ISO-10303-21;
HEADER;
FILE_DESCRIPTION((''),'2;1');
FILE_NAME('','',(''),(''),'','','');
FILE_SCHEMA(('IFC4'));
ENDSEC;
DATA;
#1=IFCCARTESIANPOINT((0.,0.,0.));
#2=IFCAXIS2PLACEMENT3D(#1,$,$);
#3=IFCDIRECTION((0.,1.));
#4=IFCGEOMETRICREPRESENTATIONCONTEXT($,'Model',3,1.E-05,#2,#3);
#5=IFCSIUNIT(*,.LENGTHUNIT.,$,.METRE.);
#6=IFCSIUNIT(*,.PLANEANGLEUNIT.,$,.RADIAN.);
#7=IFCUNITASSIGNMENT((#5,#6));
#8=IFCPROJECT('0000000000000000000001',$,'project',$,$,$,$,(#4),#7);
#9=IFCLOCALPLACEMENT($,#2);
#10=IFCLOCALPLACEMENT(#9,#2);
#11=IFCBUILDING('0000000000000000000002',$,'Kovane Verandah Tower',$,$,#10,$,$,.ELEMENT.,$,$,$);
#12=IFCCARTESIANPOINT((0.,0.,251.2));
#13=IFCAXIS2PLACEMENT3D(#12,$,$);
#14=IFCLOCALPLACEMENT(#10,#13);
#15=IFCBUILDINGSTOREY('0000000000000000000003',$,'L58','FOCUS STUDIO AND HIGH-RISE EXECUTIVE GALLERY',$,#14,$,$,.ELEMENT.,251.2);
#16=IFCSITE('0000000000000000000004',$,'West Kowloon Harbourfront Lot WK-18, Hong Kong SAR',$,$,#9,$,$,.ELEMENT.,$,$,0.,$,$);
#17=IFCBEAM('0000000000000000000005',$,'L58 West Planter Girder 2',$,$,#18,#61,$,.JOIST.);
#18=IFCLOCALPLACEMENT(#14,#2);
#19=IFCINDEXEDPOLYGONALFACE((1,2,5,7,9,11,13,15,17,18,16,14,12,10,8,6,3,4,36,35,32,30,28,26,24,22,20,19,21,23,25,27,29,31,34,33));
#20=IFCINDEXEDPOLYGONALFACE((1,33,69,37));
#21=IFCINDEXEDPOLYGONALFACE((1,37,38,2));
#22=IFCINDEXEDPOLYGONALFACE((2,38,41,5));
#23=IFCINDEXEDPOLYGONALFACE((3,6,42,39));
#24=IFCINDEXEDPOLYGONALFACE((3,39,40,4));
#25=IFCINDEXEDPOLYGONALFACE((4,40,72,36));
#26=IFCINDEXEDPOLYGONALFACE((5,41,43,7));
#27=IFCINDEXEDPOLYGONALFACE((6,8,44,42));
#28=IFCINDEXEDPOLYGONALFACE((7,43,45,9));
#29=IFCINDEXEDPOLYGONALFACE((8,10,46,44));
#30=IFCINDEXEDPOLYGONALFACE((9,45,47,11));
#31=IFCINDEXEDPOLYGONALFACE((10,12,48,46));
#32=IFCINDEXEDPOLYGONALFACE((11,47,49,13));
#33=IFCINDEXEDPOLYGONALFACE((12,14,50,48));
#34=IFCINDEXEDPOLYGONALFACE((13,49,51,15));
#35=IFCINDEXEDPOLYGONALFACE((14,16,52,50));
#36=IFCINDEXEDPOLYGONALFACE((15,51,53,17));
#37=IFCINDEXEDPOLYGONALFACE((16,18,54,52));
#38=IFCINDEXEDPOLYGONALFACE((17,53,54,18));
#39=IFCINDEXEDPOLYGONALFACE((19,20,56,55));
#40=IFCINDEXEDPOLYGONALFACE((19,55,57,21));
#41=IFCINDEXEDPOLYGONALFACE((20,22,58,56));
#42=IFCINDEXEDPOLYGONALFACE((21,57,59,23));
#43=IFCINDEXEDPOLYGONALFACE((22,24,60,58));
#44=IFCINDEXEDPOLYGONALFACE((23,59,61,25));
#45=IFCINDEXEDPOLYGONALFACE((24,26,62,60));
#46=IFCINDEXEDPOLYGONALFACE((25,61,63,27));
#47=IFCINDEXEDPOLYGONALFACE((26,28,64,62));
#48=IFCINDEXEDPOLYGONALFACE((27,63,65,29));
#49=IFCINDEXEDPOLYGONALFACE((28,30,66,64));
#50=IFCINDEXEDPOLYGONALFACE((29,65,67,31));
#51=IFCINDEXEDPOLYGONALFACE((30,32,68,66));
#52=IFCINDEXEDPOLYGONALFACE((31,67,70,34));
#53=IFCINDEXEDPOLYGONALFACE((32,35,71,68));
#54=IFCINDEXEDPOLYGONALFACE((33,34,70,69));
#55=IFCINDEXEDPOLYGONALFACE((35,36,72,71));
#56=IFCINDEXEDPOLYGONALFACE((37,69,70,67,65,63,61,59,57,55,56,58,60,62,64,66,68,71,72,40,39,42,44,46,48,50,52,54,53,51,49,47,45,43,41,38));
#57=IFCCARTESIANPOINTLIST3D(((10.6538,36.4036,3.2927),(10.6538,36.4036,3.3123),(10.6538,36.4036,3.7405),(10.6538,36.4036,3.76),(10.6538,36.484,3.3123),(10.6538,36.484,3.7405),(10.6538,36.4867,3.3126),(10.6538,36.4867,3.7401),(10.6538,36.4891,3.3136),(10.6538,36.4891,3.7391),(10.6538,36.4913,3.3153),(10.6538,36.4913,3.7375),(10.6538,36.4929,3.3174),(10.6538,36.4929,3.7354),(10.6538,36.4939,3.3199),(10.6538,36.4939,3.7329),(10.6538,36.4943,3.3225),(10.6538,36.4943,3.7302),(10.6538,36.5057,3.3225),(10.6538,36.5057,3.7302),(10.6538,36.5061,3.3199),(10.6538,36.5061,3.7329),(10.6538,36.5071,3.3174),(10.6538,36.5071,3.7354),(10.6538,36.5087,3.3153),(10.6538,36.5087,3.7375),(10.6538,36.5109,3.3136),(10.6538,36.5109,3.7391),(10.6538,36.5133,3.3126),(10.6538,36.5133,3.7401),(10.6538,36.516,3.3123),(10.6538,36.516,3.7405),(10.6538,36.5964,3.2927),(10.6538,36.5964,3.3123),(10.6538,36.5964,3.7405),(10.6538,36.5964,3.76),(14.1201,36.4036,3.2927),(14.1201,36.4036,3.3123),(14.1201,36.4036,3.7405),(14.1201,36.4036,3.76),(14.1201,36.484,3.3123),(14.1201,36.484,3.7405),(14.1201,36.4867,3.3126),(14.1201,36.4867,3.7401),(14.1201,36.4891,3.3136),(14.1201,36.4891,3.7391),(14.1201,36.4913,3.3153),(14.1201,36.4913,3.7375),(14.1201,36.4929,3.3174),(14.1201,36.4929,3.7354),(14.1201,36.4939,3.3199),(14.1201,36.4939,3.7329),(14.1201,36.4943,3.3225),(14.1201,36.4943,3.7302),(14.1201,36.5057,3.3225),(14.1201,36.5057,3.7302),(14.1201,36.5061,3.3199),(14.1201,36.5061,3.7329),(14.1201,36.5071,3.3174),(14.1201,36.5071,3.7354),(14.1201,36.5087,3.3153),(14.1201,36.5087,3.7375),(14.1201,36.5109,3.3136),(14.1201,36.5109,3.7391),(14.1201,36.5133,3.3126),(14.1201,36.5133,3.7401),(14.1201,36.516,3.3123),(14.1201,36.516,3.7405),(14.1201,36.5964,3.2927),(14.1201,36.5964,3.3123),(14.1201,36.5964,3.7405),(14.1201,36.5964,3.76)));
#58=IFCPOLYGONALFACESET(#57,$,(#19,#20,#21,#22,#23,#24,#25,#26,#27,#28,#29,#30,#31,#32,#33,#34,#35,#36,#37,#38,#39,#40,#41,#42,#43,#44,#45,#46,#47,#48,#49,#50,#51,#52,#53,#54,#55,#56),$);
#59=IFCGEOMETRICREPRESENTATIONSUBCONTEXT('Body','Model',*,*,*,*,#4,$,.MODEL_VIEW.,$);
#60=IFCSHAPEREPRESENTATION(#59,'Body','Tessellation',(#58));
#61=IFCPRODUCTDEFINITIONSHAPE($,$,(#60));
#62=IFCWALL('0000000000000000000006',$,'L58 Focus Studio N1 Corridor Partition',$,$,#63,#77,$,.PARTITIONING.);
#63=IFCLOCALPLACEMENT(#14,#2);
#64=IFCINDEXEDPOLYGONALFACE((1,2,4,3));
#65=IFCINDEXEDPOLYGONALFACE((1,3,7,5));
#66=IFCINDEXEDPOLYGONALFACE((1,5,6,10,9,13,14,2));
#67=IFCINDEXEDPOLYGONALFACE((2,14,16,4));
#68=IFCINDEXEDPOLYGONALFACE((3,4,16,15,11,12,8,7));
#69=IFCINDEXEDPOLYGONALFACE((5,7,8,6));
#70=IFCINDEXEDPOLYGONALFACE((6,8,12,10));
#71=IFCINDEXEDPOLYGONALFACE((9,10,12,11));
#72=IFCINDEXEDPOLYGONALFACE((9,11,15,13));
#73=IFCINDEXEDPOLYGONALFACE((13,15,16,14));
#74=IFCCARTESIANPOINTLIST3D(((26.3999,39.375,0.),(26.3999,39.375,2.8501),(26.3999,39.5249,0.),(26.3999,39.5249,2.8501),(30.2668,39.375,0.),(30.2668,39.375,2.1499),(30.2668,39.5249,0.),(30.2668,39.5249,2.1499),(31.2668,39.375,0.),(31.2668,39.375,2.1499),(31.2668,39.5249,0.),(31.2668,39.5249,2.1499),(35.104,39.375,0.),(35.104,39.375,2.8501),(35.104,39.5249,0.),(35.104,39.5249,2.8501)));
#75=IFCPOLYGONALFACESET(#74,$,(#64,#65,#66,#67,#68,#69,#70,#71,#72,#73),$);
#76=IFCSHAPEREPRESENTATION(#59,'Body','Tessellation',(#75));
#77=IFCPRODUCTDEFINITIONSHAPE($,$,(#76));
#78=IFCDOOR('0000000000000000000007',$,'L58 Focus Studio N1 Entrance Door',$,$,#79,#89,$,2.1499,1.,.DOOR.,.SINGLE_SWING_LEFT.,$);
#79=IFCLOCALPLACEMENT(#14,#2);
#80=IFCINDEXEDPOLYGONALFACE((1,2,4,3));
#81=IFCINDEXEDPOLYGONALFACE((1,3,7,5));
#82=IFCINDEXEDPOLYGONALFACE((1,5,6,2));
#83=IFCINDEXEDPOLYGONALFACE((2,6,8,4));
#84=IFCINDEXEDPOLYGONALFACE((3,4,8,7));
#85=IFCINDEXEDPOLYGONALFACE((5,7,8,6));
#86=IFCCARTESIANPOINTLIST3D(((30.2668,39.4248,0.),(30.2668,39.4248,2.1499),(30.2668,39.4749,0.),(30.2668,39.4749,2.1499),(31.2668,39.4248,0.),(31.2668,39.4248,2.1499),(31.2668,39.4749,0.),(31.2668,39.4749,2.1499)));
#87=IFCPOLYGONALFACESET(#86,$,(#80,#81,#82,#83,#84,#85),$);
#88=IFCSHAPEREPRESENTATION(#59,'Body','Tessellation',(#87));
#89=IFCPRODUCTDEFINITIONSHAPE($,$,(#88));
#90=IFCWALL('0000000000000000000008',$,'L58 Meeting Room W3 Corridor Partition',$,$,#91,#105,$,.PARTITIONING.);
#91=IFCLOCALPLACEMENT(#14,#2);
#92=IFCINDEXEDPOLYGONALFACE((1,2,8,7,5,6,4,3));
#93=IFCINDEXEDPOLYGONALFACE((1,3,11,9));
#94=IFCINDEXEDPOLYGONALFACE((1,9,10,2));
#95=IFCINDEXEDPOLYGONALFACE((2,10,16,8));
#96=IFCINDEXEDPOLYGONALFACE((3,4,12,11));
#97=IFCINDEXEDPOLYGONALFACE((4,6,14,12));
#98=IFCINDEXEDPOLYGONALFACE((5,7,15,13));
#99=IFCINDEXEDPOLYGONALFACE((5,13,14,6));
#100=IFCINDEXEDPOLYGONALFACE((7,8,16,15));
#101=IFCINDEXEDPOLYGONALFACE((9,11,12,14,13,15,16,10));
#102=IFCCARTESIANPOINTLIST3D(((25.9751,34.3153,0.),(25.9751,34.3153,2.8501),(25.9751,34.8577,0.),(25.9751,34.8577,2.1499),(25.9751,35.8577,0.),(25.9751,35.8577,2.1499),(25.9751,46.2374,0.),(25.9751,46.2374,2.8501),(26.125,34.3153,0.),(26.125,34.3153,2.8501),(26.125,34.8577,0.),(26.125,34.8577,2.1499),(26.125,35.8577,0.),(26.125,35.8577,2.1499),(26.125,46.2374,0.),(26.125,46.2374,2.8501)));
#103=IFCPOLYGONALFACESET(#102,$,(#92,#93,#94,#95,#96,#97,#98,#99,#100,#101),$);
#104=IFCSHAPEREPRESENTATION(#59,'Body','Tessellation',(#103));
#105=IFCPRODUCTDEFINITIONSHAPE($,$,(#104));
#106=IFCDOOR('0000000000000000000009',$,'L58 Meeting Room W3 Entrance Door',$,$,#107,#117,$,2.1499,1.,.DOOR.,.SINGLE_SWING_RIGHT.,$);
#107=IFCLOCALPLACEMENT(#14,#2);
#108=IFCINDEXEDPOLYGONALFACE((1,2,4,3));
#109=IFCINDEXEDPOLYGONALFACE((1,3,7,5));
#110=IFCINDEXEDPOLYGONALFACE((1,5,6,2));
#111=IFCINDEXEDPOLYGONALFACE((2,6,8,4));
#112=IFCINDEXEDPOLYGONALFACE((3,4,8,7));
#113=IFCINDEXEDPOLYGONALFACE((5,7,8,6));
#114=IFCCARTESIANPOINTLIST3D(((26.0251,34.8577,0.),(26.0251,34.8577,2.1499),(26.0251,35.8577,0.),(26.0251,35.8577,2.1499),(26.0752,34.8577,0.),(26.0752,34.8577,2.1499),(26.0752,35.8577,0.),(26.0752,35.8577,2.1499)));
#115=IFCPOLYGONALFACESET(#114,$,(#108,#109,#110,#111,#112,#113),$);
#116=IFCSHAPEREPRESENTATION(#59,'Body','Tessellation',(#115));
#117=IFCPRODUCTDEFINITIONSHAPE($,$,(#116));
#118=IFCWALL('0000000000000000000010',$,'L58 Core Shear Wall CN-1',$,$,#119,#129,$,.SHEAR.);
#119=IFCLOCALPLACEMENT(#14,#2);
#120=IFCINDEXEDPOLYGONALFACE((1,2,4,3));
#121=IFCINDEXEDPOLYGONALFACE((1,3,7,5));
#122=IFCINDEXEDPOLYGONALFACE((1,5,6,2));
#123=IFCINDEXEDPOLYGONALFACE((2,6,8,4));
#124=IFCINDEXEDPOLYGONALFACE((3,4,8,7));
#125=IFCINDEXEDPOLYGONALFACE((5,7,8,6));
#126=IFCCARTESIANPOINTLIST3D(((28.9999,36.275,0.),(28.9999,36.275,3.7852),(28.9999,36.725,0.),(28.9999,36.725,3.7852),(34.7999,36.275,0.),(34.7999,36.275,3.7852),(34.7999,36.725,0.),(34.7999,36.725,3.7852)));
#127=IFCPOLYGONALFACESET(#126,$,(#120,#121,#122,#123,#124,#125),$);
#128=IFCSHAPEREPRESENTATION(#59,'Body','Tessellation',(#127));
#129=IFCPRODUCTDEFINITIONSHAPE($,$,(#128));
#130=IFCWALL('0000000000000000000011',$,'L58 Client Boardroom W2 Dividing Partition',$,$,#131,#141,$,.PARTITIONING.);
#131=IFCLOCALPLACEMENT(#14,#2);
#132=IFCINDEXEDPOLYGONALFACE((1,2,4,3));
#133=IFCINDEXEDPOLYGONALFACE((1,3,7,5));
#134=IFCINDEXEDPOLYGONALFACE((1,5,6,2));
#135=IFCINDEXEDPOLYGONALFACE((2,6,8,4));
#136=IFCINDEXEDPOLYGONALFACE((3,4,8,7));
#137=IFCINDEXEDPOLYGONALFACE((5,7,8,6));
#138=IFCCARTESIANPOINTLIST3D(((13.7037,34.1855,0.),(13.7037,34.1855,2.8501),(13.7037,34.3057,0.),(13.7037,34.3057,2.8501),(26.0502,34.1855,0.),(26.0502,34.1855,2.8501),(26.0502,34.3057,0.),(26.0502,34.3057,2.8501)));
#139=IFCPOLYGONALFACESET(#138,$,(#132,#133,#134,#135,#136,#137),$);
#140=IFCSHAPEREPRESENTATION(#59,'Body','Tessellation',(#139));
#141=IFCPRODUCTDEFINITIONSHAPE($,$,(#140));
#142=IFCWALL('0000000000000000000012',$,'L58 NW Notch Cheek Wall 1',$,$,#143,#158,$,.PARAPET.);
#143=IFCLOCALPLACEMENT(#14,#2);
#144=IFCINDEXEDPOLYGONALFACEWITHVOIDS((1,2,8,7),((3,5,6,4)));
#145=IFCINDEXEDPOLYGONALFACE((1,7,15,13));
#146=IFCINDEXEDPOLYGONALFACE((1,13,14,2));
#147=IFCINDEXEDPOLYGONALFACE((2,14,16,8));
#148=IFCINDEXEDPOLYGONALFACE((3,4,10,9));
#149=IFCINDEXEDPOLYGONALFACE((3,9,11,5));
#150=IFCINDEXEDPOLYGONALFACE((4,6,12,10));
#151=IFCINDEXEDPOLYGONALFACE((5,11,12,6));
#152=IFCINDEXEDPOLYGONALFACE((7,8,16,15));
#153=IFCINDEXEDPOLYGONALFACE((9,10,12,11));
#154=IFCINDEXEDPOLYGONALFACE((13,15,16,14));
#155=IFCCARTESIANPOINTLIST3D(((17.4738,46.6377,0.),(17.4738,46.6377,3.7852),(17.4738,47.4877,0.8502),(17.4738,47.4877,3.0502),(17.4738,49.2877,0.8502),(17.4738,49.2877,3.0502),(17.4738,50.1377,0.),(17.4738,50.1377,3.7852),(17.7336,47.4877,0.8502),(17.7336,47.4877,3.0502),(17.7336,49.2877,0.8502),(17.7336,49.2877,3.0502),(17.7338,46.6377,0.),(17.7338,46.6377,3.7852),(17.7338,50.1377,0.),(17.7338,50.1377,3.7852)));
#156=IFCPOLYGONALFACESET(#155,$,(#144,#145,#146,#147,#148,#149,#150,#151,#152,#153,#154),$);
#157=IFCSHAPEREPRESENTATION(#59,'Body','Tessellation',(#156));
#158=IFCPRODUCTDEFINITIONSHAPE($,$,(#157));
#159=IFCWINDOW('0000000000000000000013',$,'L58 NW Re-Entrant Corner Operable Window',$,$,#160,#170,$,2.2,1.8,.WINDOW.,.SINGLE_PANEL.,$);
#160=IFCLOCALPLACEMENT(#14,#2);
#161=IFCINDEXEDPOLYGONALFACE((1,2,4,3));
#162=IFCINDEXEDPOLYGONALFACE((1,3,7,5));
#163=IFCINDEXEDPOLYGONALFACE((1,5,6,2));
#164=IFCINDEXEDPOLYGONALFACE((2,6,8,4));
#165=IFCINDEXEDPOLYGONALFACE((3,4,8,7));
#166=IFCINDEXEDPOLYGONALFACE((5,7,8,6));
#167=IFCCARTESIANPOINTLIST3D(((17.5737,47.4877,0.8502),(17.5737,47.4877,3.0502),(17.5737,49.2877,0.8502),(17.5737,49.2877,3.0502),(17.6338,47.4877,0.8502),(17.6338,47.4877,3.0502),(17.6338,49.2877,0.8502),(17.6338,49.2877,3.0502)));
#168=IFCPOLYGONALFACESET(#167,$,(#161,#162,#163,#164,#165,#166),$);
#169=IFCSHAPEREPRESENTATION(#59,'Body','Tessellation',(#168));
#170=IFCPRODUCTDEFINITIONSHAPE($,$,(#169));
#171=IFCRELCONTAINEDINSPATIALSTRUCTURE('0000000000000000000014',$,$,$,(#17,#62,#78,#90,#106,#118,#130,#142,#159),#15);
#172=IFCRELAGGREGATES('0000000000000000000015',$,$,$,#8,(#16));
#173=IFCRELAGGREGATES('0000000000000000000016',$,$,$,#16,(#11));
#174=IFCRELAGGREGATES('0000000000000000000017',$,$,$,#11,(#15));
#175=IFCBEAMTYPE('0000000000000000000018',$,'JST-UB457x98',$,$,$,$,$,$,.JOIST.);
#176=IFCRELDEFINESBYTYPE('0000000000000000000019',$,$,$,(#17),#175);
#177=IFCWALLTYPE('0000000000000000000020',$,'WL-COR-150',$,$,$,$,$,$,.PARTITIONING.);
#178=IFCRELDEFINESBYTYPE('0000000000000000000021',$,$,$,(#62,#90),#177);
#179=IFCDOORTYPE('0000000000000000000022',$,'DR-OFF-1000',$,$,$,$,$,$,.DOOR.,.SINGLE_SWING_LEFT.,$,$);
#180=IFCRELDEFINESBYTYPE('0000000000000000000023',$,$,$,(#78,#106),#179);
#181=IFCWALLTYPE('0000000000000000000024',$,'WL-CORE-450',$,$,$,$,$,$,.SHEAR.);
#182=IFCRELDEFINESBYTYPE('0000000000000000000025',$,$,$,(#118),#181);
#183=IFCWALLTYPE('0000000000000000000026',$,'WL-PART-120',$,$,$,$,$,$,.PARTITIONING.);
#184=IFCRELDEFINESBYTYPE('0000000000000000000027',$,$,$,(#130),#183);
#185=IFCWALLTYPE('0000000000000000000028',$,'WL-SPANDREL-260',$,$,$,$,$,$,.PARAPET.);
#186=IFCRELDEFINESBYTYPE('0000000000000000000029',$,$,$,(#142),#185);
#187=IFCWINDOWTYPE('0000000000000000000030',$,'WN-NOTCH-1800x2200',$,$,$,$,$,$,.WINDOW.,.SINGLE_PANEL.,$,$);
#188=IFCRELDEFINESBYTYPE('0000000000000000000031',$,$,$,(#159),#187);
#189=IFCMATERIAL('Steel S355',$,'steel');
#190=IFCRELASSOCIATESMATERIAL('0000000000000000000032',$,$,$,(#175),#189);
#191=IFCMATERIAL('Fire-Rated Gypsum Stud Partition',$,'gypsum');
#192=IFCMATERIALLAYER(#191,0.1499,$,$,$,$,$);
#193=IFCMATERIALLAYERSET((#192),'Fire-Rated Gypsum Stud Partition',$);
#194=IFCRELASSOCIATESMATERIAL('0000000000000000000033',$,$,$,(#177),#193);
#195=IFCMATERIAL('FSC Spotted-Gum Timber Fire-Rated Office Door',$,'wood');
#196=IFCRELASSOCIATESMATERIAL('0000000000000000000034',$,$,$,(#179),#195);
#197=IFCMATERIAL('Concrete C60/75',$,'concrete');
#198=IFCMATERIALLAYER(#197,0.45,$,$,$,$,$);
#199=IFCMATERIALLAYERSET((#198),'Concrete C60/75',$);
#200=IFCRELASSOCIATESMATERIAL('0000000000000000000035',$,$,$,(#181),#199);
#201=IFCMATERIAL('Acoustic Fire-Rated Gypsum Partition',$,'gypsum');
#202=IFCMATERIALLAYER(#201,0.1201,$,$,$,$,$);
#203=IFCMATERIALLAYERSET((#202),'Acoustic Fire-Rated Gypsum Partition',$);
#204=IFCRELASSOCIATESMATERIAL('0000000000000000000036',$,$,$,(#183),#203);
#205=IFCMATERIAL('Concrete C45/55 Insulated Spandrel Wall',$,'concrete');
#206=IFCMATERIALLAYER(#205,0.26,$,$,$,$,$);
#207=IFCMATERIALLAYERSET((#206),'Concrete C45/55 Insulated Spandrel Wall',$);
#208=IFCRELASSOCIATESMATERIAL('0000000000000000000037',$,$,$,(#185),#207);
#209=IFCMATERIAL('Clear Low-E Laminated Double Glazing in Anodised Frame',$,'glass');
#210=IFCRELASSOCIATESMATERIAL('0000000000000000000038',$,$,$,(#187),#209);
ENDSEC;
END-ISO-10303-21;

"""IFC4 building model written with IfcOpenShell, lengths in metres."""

from ifc_helpers import new_model, si_unit, direction, frame, frame_2d, origin, origin_2d, place, context, subcontext, project, spatial, rectangle, i_section, extrude, material, layer, layer_set, material_profile, profile_set, type_object, element, fill, save


model = new_model("IFC4")

# Units and contexts
model_context = context("Model", 3, precision=1e-05, world=origin(), true_north=direction((0.0, 1.0)))
body_context = subcontext(model_context, "Body", "Model", "MODEL_VIEW")
ifc_project = project(units=[si_unit("LENGTHUNIT", "METRE"), si_unit("PLANEANGLEUNIT", "RADIAN")], contexts=[model_context])

# Site, building, storey
site_placement = place(None, origin())
site = spatial("IfcSite", under=ifc_project, at=site_placement, Name="West Kowloon Harbourfront Lot WK-18, Hong Kong SAR", CompositionType="ELEMENT", RefElevation=0.0)
building_placement = place(site_placement, origin())
building = spatial("IfcBuilding", under=site, at=building_placement, Name="Kovane Verandah Tower", CompositionType="ELEMENT")
storey_placement = place(building_placement, frame((0.0, 0.0, 251.2)))
storey = spatial("IfcBuildingStorey", under=building, at=storey_placement, Name="L58", Description="FOCUS STUDIO AND HIGH-RISE EXECUTIVE GALLERY", CompositionType="ELEMENT", Elevation=251.2)

# Shared definitions
ifc_material_1 = material(Name="Concrete C60/75", Category="concrete")

# Beam
ifc_material_2 = material(Name="Steel S355", Category="steel")
ifc_material_profile_1 = material_profile(ifc_material_2, i_section(OverallWidth=0.1929, OverallDepth=0.4673, WebThickness=0.0115, FlangeThickness=0.0195, FilletRadius=0.0103, at=origin_2d()), Name="UB457x191x98")
ifc_profile_set_1 = profile_set([ifc_material_profile_1], Name="Steel S355")
beam_type_1 = type_object("IfcBeamType", Name="JST-UB457x98", PredefinedType="JOIST", material=ifc_profile_set_1)
beam_1_placement = place(storey_placement, frame((14.1201, 36.5, 3.5264), z_axis=(-1.0, 0.0, 0.0), x_axis=(0.0, -1.0, 0.0)))
element("IfcBeam", 1, at=beam_1_placement, inside=storey, type_object=beam_type_1, Name="L58 West Planter Girder 2", PredefinedType="JOIST", context=body_context, shape_type="SweptSolid", body=[
    extrude(i_section(OverallWidth=0.1929, OverallDepth=0.4673, WebThickness=0.0115, FlangeThickness=0.0195, FilletRadius=0.0103, at=origin_2d()), origin(), (0.0, 0.0, 1.0), 3.4663),
])

# Walls, openings, doors
ifc_material_3 = material(Name="Fire-Rated Gypsum Stud Partition", Category="gypsum")
ifc_layer_1 = layer(ifc_material_3, 0.1499)
ifc_layer_set_1 = layer_set([ifc_layer_1], Name="Fire-Rated Gypsum Stud Partition")
wall_type_1 = type_object("IfcWallType", Name="WL-COR-150", PredefinedType="PARTITIONING", material=ifc_layer_set_1)
wall_1_placement = place(storey_placement, frame((26.3999, 39.45, 0.0), z_axis=(0.0, 0.0, 1.0), x_axis=(1.0, 0.0, 0.0)))
wall_1 = element("IfcWall", 2, at=wall_1_placement, inside=storey, type_object=wall_type_1, Name="L58 Focus Studio N1 Corridor Partition", PredefinedType="PARTITIONING", context=body_context, shape_type="SweptSolid", body=[
    extrude(rectangle(XDim=8.7041, YDim=0.1499, at=frame_2d((4.3521, 0.0))), origin(), (0.0, 0.0, 1.0), 2.8501),
])
opening_1_placement = place(wall_1_placement, frame((3.8669, 0.0, 0.0)))
opening_1 = element("IfcOpeningElement", 3, at=opening_1_placement, cuts=wall_1, PredefinedType="OPENING", context=body_context, shape_type="SweptSolid", body=[
    extrude(rectangle(XDim=1.0, YDim=2.1499, at=frame_2d((0.5, 1.075))), frame((0.0, 0.075, 0.0), z_axis=(0.0, -1.0, 0.0), x_axis=(1.0, 0.0, 0.0)), (0.0, 0.0, 1.0), 0.1499),
])
ifc_material_4 = material(Name="FSC Spotted-Gum Timber Fire-Rated Office Door", Category="wood")
door_type_1 = type_object("IfcDoorType", Name="DR-OFF-1000", OperationType="SINGLE_SWING_LEFT", PredefinedType="DOOR", material=ifc_material_4)
door_1_placement = place(opening_1_placement, origin())
door_1 = element("IfcDoor", 4, at=door_1_placement, inside=storey, type_object=door_type_1, Name="L58 Focus Studio N1 Entrance Door", OperationType="SINGLE_SWING_LEFT", OverallHeight=2.1499, OverallWidth=1.0, PredefinedType="DOOR", context=body_context, shape_type="SweptSolid", body=[
    extrude(rectangle(XDim=1.0, YDim=2.1499, at=frame_2d((0.5, 1.075))), frame((0.0, 0.0249, 0.0), z_axis=(0.0, -1.0, 0.0), x_axis=(1.0, 0.0, 0.0)), (0.0, 0.0, 1.0), 0.05),
])
fill(opening_1, door_1)
wall_2_placement = place(storey_placement, frame((26.05, 34.3154, 0.0), z_axis=(0.0, 0.0, 1.0), x_axis=(0.0, 1.0, 0.0)))
wall_2 = element("IfcWall", 5, at=wall_2_placement, inside=storey, type_object=wall_type_1, Name="L58 Meeting Room W3 Corridor Partition", PredefinedType="PARTITIONING", context=body_context, shape_type="SweptSolid", body=[
    extrude(rectangle(XDim=11.9221, YDim=0.1499, at=frame_2d((5.9609, 0.0))), origin(), (0.0, 0.0, 1.0), 2.8501),
])
opening_2_placement = place(wall_2_placement, frame((0.5422, 0.0, 0.0)))
opening_2 = element("IfcOpeningElement", 6, at=opening_2_placement, cuts=wall_2, PredefinedType="OPENING", context=body_context, shape_type="SweptSolid", body=[
    extrude(rectangle(XDim=1.0, YDim=2.1499, at=frame_2d((0.5, 1.075))), frame((0.0, 0.075, 0.0), z_axis=(0.0, -1.0, 0.0), x_axis=(1.0, 0.0, 0.0)), (0.0, 0.0, 1.0), 0.1499),
])
door_2_placement = place(opening_2_placement, origin())
door_2 = element("IfcDoor", 7, at=door_2_placement, inside=storey, type_object=door_type_1, Name="L58 Meeting Room W3 Entrance Door", OperationType="SINGLE_SWING_RIGHT", OverallHeight=2.1499, OverallWidth=1.0, PredefinedType="DOOR", context=body_context, shape_type="SweptSolid", body=[
    extrude(rectangle(XDim=1.0, YDim=2.1499, at=frame_2d((0.5, 1.075))), frame((0.0, 0.0249, 0.0), z_axis=(0.0, -1.0, 0.0), x_axis=(1.0, 0.0, 0.0)), (0.0, 0.0, 1.0), 0.05),
])
fill(opening_2, door_2)

# Walls
ifc_layer_2 = layer(ifc_material_1, 0.45)
ifc_layer_set_2 = layer_set([ifc_layer_2], Name="Concrete C60/75")
wall_type_2 = type_object("IfcWallType", Name="WL-CORE-450", PredefinedType="SHEAR", material=ifc_layer_set_2)
wall_3_placement = place(storey_placement, frame((29.0, 36.5, 0.0), z_axis=(0.0, 0.0, 1.0), x_axis=(1.0, 0.0, 0.0)))
element("IfcWall", 8, at=wall_3_placement, inside=storey, type_object=wall_type_2, Name="L58 Core Shear Wall CN-1", PredefinedType="SHEAR", context=body_context, shape_type="SweptSolid", body=[
    extrude(rectangle(XDim=5.8, YDim=0.45, at=frame_2d((2.8999, 0.0))), origin(), (0.0, 0.0, 1.0), 3.7852),
])
ifc_material_5 = material(Name="Acoustic Fire-Rated Gypsum Partition", Category="gypsum")
ifc_layer_3 = layer(ifc_material_5, 0.1201)
ifc_layer_set_3 = layer_set([ifc_layer_3], Name="Acoustic Fire-Rated Gypsum Partition")
wall_type_3 = type_object("IfcWallType", Name="WL-PART-120", PredefinedType="PARTITIONING", material=ifc_layer_set_3)
wall_4_placement = place(storey_placement, frame((13.7036, 34.2456, 0.0), z_axis=(0.0, 0.0, 1.0), x_axis=(1.0, 0.0, 0.0)))
element("IfcWall", 9, at=wall_4_placement, inside=storey, type_object=wall_type_3, Name="L58 Client Boardroom W2 Dividing Partition", PredefinedType="PARTITIONING", context=body_context, shape_type="SweptSolid", body=[
    extrude(rectangle(XDim=12.3464, YDim=0.1201, at=frame_2d((6.1733, 0.0))), origin(), (0.0, 0.0, 1.0), 2.8501),
])

# Shared definitions
ifc_material_6 = material(Name="Concrete C45/55 Insulated Spandrel Wall", Category="concrete")
ifc_layer_4 = layer(ifc_material_6, 0.26)
ifc_layer_set_4 = layer_set([ifc_layer_4], Name="Concrete C45/55 Insulated Spandrel Wall")
wall_type_4 = type_object("IfcWallType", Name="WL-SPANDREL-260", PredefinedType="PARAPET", material=ifc_layer_set_4)
ifc_material_7 = material(Name="Clear Low-E Laminated Double Glazing in Anodised Frame", Category="glass")

# Wall, opening, window
wall_5_placement = place(storey_placement, frame((17.6038, 50.1377, 0.0), z_axis=(0.0, 0.0, 1.0), x_axis=(0.0, -1.0, 0.0)))
wall_5 = element("IfcWall", 10, at=wall_5_placement, inside=storey, type_object=wall_type_4, Name="L58 NW Notch Cheek Wall 1", PredefinedType="PARAPET", context=body_context, shape_type="SweptSolid", body=[
    extrude(rectangle(XDim=3.5, YDim=0.26, at=frame_2d((1.75, 0.0))), origin(), (0.0, 0.0, 1.0), 3.7852),
])
opening_3_placement = place(wall_5_placement, frame((0.8501, 0.0, 0.8501)))
opening_3 = element("IfcOpeningElement", 11, at=opening_3_placement, cuts=wall_5, PredefinedType="OPENING", context=body_context, shape_type="SweptSolid", body=[
    extrude(rectangle(XDim=1.8, YDim=2.2, at=frame_2d((0.8999, 1.1001))), frame((0.0, 0.1299, 0.0), z_axis=(0.0, -1.0, 0.0), x_axis=(1.0, 0.0, 0.0)), (0.0, 0.0, 1.0), 0.26),
])
window_type_1 = type_object("IfcWindowType", Name="WN-NOTCH-1800x2200", PartitioningType="SINGLE_PANEL", PredefinedType="WINDOW", material=ifc_material_7)
window_1_placement = place(opening_3_placement, origin())
window_1 = element("IfcWindow", 12, at=window_1_placement, inside=storey, type_object=window_type_1, Name="L58 NW Re-Entrant Corner Operable Window", OverallHeight=2.2, OverallWidth=1.8, PartitioningType="SINGLE_PANEL", PredefinedType="WINDOW", context=body_context, shape_type="SweptSolid", body=[
    extrude(rectangle(XDim=1.8, YDim=2.2, at=frame_2d((0.8999, 1.1001))), frame((0.0, 0.03, 0.0), z_axis=(0.0, -1.0, 0.0), x_axis=(1.0, 0.0, 0.0)), (0.0, 0.0, 1.0), 0.0601),
])
fill(opening_3, window_1)

save(model, "model.ifc")
